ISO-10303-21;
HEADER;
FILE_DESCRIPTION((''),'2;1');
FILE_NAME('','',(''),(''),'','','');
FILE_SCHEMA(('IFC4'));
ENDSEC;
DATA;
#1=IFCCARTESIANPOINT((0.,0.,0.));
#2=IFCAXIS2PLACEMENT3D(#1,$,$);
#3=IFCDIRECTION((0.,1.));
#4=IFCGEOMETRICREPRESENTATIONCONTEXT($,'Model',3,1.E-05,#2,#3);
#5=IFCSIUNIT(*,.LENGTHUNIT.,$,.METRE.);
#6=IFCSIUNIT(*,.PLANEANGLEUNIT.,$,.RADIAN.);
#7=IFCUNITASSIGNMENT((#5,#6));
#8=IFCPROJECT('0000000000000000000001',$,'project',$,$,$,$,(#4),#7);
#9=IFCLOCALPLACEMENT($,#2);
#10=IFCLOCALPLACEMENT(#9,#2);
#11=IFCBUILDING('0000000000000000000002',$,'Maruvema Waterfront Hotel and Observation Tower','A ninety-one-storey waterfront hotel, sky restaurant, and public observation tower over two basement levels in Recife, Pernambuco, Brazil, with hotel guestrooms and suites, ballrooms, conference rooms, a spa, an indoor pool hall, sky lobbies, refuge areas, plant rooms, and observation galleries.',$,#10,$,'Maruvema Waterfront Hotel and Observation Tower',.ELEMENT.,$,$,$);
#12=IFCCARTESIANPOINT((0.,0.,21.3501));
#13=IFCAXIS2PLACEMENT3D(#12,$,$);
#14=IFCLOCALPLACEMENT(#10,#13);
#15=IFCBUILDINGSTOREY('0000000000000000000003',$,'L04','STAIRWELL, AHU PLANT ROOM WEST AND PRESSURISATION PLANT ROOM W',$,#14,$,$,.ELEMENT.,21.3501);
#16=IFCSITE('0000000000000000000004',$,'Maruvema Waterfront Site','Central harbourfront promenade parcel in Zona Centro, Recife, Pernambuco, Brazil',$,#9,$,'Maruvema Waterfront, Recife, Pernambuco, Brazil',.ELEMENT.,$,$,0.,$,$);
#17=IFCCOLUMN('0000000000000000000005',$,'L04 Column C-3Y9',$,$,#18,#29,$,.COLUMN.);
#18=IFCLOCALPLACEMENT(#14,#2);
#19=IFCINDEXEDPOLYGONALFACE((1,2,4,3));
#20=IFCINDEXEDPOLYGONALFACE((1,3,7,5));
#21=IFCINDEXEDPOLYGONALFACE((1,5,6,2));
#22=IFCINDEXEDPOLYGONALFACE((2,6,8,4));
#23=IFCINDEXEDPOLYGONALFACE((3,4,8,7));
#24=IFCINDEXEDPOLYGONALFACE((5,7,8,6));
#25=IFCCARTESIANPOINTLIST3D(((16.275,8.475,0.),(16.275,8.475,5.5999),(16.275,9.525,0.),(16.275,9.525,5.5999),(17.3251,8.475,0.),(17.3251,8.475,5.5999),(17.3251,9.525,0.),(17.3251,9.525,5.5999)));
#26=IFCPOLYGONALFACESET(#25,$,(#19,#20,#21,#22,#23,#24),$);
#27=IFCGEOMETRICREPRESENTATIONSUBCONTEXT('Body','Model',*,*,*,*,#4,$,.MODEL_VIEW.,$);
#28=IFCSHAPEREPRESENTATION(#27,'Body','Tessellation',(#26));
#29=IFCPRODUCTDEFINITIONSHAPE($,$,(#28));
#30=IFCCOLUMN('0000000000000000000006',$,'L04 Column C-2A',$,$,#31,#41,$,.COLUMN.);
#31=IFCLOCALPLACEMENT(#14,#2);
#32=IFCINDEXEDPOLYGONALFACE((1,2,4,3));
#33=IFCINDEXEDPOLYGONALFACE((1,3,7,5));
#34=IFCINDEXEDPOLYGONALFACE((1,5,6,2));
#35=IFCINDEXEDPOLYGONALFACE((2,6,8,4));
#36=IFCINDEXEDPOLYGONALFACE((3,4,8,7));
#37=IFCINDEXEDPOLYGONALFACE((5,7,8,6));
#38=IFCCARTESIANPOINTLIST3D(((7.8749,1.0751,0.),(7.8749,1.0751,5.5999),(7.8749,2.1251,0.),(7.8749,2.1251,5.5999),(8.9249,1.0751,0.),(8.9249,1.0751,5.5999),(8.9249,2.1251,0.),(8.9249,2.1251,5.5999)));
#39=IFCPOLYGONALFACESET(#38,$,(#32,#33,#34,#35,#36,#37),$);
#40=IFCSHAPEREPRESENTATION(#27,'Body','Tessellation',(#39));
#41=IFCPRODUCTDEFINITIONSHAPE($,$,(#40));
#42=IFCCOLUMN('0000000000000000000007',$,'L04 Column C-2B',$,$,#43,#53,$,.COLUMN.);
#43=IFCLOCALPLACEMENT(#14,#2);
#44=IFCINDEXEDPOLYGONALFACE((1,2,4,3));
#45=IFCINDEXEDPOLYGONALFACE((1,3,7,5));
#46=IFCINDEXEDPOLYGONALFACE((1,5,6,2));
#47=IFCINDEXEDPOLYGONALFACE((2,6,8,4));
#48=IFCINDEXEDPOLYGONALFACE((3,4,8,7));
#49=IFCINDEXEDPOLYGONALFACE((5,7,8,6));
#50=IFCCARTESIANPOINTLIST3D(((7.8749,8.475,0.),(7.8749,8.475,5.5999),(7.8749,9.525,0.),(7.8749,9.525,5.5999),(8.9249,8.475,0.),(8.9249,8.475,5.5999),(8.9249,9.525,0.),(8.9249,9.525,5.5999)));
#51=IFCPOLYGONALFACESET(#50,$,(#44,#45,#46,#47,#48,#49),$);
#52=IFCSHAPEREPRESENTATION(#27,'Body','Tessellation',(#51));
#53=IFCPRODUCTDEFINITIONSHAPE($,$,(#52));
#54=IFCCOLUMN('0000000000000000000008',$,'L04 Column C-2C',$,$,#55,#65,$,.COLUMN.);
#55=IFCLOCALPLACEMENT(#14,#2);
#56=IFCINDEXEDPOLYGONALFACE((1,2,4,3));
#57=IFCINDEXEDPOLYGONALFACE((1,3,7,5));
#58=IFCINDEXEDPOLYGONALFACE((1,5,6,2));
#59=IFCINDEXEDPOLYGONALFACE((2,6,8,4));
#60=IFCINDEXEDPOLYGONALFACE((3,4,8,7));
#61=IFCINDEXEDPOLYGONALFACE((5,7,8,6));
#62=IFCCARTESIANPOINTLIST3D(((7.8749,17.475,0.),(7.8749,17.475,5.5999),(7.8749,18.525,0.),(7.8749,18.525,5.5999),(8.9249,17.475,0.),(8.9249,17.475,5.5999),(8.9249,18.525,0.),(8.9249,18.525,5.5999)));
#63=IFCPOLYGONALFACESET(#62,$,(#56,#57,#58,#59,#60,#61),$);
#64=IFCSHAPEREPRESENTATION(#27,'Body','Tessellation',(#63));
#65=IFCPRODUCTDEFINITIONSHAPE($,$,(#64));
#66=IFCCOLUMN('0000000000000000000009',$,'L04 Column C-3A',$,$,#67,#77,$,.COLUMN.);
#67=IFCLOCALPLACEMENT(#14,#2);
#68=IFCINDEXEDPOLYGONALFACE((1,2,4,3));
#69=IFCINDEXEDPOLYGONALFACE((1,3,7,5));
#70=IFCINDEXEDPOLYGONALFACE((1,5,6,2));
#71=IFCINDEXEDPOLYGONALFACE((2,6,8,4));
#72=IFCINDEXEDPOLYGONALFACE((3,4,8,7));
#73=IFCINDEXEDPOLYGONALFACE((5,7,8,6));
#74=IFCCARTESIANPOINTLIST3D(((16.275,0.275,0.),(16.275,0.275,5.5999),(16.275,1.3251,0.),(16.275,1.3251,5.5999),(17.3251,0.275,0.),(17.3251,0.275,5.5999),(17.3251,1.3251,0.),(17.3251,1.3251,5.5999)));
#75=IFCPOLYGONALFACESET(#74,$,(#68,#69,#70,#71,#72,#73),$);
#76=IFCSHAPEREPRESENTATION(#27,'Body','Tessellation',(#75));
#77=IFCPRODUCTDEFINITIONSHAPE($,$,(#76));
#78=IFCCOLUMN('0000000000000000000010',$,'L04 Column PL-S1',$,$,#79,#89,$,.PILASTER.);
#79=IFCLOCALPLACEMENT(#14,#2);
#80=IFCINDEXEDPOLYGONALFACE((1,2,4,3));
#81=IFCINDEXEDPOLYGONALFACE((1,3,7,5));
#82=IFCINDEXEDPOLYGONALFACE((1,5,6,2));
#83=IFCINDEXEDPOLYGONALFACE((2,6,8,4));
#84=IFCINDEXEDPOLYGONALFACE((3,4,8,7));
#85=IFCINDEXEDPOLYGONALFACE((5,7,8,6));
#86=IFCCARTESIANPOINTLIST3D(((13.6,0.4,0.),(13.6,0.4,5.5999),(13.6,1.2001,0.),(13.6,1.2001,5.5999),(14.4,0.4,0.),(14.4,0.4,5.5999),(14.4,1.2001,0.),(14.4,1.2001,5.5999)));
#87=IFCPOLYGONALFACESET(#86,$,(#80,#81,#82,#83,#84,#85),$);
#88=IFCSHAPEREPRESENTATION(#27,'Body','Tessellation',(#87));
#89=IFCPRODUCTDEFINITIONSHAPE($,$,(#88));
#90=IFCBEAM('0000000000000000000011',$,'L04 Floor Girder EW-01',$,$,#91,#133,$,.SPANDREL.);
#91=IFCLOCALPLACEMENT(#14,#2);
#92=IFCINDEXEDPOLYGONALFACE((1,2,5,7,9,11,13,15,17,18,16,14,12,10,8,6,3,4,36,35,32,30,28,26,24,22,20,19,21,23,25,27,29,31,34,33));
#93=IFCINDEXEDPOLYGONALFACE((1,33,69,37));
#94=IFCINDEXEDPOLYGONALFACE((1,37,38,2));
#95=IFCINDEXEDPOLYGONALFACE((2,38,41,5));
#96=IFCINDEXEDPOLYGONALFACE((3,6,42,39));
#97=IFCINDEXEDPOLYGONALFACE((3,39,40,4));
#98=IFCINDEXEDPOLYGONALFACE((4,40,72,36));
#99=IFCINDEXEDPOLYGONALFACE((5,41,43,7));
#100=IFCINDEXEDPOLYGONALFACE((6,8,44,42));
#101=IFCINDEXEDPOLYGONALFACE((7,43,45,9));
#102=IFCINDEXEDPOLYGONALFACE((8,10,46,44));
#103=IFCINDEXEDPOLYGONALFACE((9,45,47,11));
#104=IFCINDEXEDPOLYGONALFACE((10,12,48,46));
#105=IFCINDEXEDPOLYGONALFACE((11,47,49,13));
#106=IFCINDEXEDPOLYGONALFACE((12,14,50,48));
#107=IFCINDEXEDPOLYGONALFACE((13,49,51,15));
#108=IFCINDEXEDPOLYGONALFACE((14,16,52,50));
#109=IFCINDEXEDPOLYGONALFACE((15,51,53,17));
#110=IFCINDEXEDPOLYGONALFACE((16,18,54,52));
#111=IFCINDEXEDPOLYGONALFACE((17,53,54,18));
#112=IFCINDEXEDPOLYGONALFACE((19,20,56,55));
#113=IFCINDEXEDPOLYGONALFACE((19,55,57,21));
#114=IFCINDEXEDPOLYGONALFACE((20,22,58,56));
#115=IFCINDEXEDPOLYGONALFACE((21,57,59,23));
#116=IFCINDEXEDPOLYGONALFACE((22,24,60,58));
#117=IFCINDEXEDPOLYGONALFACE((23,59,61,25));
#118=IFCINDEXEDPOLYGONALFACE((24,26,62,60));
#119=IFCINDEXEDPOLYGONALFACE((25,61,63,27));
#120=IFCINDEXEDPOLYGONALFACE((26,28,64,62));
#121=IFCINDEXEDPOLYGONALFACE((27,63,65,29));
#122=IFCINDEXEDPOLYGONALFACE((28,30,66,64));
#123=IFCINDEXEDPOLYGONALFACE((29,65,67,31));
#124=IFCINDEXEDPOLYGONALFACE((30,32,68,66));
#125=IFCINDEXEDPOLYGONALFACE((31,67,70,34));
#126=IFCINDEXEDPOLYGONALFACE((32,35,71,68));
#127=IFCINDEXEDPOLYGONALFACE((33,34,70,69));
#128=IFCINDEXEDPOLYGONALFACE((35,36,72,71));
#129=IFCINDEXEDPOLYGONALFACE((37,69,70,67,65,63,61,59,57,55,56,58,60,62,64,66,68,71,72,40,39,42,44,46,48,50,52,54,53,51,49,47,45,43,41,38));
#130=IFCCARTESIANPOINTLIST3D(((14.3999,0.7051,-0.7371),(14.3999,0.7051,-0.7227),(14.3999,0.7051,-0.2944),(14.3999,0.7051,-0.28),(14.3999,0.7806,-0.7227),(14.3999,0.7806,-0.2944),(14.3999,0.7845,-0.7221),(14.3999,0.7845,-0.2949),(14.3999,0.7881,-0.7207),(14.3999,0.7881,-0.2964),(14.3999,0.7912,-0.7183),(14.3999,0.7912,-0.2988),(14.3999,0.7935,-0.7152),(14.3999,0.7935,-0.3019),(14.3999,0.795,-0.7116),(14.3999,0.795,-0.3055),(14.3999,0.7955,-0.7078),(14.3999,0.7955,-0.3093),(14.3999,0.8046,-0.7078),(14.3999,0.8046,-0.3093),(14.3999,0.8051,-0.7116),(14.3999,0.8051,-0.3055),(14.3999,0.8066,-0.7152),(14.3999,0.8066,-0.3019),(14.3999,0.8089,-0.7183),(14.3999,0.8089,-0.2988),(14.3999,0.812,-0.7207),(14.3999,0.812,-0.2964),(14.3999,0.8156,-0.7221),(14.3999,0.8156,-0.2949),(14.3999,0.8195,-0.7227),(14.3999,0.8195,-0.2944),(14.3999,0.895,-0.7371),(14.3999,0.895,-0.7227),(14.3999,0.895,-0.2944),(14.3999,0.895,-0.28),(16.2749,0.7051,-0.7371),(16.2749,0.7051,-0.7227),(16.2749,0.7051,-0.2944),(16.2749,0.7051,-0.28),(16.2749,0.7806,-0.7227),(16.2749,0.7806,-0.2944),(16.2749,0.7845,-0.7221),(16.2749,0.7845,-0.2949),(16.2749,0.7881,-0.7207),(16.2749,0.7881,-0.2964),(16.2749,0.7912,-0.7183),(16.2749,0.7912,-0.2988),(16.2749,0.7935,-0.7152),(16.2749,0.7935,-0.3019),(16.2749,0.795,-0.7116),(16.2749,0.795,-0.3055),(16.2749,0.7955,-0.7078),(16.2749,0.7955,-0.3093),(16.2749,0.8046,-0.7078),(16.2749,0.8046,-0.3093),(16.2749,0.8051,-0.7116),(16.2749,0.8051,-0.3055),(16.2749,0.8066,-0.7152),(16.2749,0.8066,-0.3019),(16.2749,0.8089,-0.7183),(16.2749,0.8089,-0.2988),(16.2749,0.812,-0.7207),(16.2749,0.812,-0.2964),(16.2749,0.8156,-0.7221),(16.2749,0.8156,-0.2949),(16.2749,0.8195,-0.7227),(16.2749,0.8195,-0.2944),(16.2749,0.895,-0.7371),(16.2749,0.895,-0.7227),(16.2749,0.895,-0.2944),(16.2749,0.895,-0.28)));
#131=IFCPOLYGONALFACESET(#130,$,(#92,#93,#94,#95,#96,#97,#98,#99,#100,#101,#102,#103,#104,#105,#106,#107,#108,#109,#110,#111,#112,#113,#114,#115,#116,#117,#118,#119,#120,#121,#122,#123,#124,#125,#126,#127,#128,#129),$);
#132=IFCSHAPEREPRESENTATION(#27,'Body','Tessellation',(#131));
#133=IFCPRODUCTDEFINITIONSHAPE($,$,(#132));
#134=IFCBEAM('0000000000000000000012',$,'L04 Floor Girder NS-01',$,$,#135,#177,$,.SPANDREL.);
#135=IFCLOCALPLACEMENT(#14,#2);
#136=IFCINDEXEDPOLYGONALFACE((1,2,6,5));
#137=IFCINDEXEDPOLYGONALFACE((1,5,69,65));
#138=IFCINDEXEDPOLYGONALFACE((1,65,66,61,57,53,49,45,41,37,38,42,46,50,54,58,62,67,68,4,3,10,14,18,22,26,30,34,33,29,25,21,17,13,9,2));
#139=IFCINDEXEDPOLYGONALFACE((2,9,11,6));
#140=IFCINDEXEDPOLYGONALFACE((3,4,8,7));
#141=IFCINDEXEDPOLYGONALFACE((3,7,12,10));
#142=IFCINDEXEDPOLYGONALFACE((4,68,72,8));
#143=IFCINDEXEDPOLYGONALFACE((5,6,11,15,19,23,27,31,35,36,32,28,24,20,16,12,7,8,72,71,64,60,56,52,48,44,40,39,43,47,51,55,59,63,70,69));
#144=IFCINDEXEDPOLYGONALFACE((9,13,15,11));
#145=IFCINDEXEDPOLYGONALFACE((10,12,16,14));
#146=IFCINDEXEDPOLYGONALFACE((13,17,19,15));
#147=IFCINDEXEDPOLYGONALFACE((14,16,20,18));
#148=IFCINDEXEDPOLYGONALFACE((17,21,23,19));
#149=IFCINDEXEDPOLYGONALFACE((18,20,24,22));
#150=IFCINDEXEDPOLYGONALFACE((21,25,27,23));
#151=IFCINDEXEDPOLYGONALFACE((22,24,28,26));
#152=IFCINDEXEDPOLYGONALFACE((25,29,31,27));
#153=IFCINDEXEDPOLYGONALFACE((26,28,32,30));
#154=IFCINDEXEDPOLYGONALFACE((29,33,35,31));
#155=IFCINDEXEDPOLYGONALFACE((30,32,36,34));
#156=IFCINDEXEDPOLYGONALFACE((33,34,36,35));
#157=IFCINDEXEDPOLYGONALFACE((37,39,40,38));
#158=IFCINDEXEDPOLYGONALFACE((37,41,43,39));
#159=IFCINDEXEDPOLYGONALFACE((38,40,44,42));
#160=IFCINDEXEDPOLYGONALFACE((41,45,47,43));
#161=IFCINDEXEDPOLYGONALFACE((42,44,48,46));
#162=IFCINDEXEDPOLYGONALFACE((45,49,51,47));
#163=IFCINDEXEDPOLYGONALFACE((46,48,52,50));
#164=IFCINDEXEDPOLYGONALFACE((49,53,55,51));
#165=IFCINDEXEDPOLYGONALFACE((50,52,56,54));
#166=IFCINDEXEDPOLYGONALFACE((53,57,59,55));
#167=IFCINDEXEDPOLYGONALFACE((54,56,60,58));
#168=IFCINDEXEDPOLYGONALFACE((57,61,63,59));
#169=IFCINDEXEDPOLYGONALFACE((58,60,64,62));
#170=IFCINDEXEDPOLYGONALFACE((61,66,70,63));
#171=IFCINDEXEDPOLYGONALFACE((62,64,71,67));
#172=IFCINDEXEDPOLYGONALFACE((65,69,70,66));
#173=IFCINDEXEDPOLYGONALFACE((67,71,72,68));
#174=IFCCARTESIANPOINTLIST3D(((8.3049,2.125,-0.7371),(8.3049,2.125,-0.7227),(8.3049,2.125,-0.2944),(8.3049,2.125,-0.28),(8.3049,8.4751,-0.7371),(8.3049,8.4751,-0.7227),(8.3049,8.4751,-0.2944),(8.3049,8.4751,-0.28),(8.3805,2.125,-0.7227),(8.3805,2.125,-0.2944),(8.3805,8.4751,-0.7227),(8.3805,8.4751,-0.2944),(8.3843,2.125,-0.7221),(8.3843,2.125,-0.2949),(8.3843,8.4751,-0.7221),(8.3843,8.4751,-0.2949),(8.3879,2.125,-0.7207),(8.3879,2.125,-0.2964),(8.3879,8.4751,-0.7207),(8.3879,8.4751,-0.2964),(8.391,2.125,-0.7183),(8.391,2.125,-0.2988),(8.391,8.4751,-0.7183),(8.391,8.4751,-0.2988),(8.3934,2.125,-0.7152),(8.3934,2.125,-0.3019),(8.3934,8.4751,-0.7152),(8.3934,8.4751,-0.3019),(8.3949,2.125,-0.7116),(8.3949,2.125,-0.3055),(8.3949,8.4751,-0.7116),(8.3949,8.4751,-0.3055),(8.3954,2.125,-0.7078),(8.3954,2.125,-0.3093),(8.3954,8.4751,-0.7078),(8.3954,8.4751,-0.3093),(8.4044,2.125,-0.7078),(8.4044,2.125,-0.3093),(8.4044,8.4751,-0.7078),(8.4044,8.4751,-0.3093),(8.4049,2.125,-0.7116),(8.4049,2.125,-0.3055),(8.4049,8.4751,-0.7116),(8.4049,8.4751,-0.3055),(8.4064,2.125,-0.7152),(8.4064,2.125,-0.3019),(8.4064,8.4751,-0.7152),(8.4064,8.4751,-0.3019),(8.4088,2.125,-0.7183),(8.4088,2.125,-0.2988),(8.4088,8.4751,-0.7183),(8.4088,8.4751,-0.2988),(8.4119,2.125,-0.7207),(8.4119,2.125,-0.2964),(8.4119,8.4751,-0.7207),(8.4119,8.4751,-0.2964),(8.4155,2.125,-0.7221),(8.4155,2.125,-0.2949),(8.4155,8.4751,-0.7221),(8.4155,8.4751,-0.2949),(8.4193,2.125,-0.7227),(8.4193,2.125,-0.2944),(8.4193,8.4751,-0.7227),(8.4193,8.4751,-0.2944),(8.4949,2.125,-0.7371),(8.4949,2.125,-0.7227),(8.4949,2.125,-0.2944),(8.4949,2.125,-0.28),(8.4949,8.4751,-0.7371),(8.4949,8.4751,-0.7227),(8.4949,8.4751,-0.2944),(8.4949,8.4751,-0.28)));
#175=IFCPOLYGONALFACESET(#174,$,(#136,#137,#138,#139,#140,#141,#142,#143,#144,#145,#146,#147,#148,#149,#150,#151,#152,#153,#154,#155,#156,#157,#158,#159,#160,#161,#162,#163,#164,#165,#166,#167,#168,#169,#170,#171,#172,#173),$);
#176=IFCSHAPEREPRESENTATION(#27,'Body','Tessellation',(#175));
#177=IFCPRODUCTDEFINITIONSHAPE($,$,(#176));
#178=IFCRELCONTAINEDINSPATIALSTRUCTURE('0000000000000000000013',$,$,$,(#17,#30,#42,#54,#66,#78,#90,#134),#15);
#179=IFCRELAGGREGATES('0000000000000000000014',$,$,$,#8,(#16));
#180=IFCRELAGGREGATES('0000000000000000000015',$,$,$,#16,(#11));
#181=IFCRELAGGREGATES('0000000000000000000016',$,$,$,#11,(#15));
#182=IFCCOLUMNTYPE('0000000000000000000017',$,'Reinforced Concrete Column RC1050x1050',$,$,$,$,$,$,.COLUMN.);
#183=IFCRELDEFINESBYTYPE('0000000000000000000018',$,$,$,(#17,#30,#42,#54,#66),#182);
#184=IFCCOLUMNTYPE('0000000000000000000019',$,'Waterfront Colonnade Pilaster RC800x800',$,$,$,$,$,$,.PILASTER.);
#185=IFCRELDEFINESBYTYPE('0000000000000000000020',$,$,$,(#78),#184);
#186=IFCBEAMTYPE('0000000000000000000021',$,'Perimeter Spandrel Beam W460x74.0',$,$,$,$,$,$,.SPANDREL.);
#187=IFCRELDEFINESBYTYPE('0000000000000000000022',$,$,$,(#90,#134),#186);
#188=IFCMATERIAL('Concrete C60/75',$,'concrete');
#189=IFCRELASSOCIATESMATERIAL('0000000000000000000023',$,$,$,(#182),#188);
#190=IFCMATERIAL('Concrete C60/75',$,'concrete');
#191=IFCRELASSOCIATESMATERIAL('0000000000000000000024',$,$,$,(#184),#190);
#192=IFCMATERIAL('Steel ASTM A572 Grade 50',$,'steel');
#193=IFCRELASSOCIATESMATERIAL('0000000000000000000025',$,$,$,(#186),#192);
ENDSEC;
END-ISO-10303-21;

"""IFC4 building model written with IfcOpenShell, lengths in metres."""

from ifc_helpers import new_model, si_unit, direction, frame, origin, origin_2d, place, context, subcontext, project, spatial, rectangle, i_section, extrude, material, material_profile, profile_set, type_object, element, save


model = new_model("IFC4")

# Units and contexts
model_context = context("Model", 3, precision=1e-05, world=origin(), true_north=direction((0.0, 1.0)))
body_context = subcontext(model_context, "Body", "Model", "MODEL_VIEW")
ifc_project = project(units=[si_unit("LENGTHUNIT", "METRE"), si_unit("PLANEANGLEUNIT", "RADIAN")], contexts=[model_context])

# Site, building, storey
site_placement = place(None, origin())
site = spatial("IfcSite", under=ifc_project, at=site_placement, Name="Maruvema Waterfront Site", Description="Central harbourfront promenade parcel in Zona Centro, Recife, Pernambuco, Brazil", LongName="Maruvema Waterfront, Recife, Pernambuco, Brazil", CompositionType="ELEMENT", RefElevation=0.0)
building_placement = place(site_placement, origin())
building = spatial("IfcBuilding", under=site, at=building_placement, Name="Maruvema Waterfront Hotel and Observation Tower", Description="A ninety-one-storey waterfront hotel, sky restaurant, and public observation tower over two basement levels in Recife, Pernambuco, Brazil, with hotel guestrooms and suites, ballrooms, conference rooms, a spa, an indoor pool hall, sky lobbies, refuge areas, plant rooms, and observation galleries.", LongName="Maruvema Waterfront Hotel and Observation Tower", CompositionType="ELEMENT")
storey_placement = place(building_placement, frame((0.0, 0.0, 21.3501)))
storey = spatial("IfcBuildingStorey", under=building, at=storey_placement, Name="L04", Description="STAIRWELL, AHU PLANT ROOM WEST AND PRESSURISATION PLANT ROOM W", CompositionType="ELEMENT", Elevation=21.3501)

# Columns
ifc_material_1 = material(Name="Concrete C60/75", Category="concrete")
ifc_material_profile_1 = material_profile(ifc_material_1, rectangle(XDim=1.05, YDim=1.05, at=origin_2d()), Name="RC1050x1050")
ifc_profile_set_1 = profile_set([ifc_material_profile_1], Name="Concrete C60/75")
column_type_1 = type_object("IfcColumnType", Name="Reinforced Concrete Column RC1050x1050", PredefinedType="COLUMN", material=ifc_profile_set_1)
for number, where, z_axis, x_axis, name in (
    (1, (16.8, 9.0, 0.0), (0.0, 0.0, 1.0), (1.0, 0.0, 0.0), "L04 Column C-3Y9"),
    (2, (8.3999, 1.6001, 0.0), (0.0, 0.0, 1.0), (1.0, 0.0, 0.0), "L04 Column C-2A"),
    (3, (8.3999, 9.0, 0.0), (0.0, 0.0, 1.0), (1.0, 0.0, 0.0), "L04 Column C-2B"),
    (4, (8.3999, 18.0, 0.0), (0.0, 0.0, 1.0), (1.0, 0.0, 0.0), "L04 Column C-2C"),
    (5, (16.8, 0.8, 0.0), (0.0, 0.0, 1.0), (1.0, 0.0, 0.0), "L04 Column C-3A"),
):
    element("IfcColumn", number, at=place(storey_placement, frame(where, z_axis=z_axis, x_axis=x_axis)), inside=storey, type_object=column_type_1, Name=name, PredefinedType="COLUMN", context=body_context, shape_type="SweptSolid", body=[
        extrude(rectangle(XDim=1.05, YDim=1.05, at=origin_2d()), origin(), (0.0, 0.0, 1.0), 5.5999),
    ])
ifc_material_2 = material(Name="Concrete C60/75", Category="concrete")
ifc_material_profile_2 = material_profile(ifc_material_2, rectangle(XDim=0.8, YDim=0.8, at=origin_2d()), Name="RC800x800")
ifc_profile_set_2 = profile_set([ifc_material_profile_2], Name="Concrete C60/75")
column_type_2 = type_object("IfcColumnType", Name="Waterfront Colonnade Pilaster RC800x800", PredefinedType="PILASTER", material=ifc_profile_set_2)
column_placement = place(storey_placement, frame((14.0, 0.8, 0.0), z_axis=(0.0, 0.0, 1.0), x_axis=(1.0, 0.0, 0.0)))
element("IfcColumn", 6, at=column_placement, inside=storey, type_object=column_type_2, Name="L04 Column PL-S1", PredefinedType="PILASTER", context=body_context, shape_type="SweptSolid", body=[
    extrude(rectangle(XDim=0.8, YDim=0.8, at=origin_2d()), origin(), (0.0, 0.0, 1.0), 5.5999),
])

# Beams
ifc_material_3 = material(Name="Steel ASTM A572 Grade 50", Category="steel")
ifc_material_profile_3 = material_profile(ifc_material_3, i_section(OverallWidth=0.1899, OverallDepth=0.457, WebThickness=0.009, FlangeThickness=0.0144, FilletRadius=0.0149, at=origin_2d()), Name="W460x74.0")
ifc_profile_set_3 = profile_set([ifc_material_profile_3], Name="Steel ASTM A572 Grade 50")
beam_type_1 = type_object("IfcBeamType", Name="Perimeter Spandrel Beam W460x74.0", PredefinedType="SPANDREL", material=ifc_profile_set_3)
beam_1_placement = place(storey_placement, frame((14.3999, 0.8, -0.5085), z_axis=(1.0, 0.0, 0.0), x_axis=(0.0, 1.0, 0.0)))
element("IfcBeam", 7, at=beam_1_placement, inside=storey, type_object=beam_type_1, Name="L04 Floor Girder EW-01", PredefinedType="SPANDREL", context=body_context, shape_type="SweptSolid", body=[
    extrude(i_section(OverallWidth=0.1899, OverallDepth=0.457, WebThickness=0.009, FlangeThickness=0.0144, FilletRadius=0.0149, at=origin_2d()), origin(), (0.0, 0.0, 1.0), 1.875),
])
beam_2_placement = place(storey_placement, frame((8.3999, 2.125, -0.5085), z_axis=(0.0, 1.0, 0.0), x_axis=(-1.0, 0.0, 0.0)))
element("IfcBeam", 8, at=beam_2_placement, inside=storey, type_object=beam_type_1, Name="L04 Floor Girder NS-01", PredefinedType="SPANDREL", context=body_context, shape_type="SweptSolid", body=[
    extrude(i_section(OverallWidth=0.1899, OverallDepth=0.457, WebThickness=0.009, FlangeThickness=0.0144, FilletRadius=0.0149, at=origin_2d()), origin(), (0.0, 0.0, 1.0), 6.3501),
])

save(model, "model.ifc")
